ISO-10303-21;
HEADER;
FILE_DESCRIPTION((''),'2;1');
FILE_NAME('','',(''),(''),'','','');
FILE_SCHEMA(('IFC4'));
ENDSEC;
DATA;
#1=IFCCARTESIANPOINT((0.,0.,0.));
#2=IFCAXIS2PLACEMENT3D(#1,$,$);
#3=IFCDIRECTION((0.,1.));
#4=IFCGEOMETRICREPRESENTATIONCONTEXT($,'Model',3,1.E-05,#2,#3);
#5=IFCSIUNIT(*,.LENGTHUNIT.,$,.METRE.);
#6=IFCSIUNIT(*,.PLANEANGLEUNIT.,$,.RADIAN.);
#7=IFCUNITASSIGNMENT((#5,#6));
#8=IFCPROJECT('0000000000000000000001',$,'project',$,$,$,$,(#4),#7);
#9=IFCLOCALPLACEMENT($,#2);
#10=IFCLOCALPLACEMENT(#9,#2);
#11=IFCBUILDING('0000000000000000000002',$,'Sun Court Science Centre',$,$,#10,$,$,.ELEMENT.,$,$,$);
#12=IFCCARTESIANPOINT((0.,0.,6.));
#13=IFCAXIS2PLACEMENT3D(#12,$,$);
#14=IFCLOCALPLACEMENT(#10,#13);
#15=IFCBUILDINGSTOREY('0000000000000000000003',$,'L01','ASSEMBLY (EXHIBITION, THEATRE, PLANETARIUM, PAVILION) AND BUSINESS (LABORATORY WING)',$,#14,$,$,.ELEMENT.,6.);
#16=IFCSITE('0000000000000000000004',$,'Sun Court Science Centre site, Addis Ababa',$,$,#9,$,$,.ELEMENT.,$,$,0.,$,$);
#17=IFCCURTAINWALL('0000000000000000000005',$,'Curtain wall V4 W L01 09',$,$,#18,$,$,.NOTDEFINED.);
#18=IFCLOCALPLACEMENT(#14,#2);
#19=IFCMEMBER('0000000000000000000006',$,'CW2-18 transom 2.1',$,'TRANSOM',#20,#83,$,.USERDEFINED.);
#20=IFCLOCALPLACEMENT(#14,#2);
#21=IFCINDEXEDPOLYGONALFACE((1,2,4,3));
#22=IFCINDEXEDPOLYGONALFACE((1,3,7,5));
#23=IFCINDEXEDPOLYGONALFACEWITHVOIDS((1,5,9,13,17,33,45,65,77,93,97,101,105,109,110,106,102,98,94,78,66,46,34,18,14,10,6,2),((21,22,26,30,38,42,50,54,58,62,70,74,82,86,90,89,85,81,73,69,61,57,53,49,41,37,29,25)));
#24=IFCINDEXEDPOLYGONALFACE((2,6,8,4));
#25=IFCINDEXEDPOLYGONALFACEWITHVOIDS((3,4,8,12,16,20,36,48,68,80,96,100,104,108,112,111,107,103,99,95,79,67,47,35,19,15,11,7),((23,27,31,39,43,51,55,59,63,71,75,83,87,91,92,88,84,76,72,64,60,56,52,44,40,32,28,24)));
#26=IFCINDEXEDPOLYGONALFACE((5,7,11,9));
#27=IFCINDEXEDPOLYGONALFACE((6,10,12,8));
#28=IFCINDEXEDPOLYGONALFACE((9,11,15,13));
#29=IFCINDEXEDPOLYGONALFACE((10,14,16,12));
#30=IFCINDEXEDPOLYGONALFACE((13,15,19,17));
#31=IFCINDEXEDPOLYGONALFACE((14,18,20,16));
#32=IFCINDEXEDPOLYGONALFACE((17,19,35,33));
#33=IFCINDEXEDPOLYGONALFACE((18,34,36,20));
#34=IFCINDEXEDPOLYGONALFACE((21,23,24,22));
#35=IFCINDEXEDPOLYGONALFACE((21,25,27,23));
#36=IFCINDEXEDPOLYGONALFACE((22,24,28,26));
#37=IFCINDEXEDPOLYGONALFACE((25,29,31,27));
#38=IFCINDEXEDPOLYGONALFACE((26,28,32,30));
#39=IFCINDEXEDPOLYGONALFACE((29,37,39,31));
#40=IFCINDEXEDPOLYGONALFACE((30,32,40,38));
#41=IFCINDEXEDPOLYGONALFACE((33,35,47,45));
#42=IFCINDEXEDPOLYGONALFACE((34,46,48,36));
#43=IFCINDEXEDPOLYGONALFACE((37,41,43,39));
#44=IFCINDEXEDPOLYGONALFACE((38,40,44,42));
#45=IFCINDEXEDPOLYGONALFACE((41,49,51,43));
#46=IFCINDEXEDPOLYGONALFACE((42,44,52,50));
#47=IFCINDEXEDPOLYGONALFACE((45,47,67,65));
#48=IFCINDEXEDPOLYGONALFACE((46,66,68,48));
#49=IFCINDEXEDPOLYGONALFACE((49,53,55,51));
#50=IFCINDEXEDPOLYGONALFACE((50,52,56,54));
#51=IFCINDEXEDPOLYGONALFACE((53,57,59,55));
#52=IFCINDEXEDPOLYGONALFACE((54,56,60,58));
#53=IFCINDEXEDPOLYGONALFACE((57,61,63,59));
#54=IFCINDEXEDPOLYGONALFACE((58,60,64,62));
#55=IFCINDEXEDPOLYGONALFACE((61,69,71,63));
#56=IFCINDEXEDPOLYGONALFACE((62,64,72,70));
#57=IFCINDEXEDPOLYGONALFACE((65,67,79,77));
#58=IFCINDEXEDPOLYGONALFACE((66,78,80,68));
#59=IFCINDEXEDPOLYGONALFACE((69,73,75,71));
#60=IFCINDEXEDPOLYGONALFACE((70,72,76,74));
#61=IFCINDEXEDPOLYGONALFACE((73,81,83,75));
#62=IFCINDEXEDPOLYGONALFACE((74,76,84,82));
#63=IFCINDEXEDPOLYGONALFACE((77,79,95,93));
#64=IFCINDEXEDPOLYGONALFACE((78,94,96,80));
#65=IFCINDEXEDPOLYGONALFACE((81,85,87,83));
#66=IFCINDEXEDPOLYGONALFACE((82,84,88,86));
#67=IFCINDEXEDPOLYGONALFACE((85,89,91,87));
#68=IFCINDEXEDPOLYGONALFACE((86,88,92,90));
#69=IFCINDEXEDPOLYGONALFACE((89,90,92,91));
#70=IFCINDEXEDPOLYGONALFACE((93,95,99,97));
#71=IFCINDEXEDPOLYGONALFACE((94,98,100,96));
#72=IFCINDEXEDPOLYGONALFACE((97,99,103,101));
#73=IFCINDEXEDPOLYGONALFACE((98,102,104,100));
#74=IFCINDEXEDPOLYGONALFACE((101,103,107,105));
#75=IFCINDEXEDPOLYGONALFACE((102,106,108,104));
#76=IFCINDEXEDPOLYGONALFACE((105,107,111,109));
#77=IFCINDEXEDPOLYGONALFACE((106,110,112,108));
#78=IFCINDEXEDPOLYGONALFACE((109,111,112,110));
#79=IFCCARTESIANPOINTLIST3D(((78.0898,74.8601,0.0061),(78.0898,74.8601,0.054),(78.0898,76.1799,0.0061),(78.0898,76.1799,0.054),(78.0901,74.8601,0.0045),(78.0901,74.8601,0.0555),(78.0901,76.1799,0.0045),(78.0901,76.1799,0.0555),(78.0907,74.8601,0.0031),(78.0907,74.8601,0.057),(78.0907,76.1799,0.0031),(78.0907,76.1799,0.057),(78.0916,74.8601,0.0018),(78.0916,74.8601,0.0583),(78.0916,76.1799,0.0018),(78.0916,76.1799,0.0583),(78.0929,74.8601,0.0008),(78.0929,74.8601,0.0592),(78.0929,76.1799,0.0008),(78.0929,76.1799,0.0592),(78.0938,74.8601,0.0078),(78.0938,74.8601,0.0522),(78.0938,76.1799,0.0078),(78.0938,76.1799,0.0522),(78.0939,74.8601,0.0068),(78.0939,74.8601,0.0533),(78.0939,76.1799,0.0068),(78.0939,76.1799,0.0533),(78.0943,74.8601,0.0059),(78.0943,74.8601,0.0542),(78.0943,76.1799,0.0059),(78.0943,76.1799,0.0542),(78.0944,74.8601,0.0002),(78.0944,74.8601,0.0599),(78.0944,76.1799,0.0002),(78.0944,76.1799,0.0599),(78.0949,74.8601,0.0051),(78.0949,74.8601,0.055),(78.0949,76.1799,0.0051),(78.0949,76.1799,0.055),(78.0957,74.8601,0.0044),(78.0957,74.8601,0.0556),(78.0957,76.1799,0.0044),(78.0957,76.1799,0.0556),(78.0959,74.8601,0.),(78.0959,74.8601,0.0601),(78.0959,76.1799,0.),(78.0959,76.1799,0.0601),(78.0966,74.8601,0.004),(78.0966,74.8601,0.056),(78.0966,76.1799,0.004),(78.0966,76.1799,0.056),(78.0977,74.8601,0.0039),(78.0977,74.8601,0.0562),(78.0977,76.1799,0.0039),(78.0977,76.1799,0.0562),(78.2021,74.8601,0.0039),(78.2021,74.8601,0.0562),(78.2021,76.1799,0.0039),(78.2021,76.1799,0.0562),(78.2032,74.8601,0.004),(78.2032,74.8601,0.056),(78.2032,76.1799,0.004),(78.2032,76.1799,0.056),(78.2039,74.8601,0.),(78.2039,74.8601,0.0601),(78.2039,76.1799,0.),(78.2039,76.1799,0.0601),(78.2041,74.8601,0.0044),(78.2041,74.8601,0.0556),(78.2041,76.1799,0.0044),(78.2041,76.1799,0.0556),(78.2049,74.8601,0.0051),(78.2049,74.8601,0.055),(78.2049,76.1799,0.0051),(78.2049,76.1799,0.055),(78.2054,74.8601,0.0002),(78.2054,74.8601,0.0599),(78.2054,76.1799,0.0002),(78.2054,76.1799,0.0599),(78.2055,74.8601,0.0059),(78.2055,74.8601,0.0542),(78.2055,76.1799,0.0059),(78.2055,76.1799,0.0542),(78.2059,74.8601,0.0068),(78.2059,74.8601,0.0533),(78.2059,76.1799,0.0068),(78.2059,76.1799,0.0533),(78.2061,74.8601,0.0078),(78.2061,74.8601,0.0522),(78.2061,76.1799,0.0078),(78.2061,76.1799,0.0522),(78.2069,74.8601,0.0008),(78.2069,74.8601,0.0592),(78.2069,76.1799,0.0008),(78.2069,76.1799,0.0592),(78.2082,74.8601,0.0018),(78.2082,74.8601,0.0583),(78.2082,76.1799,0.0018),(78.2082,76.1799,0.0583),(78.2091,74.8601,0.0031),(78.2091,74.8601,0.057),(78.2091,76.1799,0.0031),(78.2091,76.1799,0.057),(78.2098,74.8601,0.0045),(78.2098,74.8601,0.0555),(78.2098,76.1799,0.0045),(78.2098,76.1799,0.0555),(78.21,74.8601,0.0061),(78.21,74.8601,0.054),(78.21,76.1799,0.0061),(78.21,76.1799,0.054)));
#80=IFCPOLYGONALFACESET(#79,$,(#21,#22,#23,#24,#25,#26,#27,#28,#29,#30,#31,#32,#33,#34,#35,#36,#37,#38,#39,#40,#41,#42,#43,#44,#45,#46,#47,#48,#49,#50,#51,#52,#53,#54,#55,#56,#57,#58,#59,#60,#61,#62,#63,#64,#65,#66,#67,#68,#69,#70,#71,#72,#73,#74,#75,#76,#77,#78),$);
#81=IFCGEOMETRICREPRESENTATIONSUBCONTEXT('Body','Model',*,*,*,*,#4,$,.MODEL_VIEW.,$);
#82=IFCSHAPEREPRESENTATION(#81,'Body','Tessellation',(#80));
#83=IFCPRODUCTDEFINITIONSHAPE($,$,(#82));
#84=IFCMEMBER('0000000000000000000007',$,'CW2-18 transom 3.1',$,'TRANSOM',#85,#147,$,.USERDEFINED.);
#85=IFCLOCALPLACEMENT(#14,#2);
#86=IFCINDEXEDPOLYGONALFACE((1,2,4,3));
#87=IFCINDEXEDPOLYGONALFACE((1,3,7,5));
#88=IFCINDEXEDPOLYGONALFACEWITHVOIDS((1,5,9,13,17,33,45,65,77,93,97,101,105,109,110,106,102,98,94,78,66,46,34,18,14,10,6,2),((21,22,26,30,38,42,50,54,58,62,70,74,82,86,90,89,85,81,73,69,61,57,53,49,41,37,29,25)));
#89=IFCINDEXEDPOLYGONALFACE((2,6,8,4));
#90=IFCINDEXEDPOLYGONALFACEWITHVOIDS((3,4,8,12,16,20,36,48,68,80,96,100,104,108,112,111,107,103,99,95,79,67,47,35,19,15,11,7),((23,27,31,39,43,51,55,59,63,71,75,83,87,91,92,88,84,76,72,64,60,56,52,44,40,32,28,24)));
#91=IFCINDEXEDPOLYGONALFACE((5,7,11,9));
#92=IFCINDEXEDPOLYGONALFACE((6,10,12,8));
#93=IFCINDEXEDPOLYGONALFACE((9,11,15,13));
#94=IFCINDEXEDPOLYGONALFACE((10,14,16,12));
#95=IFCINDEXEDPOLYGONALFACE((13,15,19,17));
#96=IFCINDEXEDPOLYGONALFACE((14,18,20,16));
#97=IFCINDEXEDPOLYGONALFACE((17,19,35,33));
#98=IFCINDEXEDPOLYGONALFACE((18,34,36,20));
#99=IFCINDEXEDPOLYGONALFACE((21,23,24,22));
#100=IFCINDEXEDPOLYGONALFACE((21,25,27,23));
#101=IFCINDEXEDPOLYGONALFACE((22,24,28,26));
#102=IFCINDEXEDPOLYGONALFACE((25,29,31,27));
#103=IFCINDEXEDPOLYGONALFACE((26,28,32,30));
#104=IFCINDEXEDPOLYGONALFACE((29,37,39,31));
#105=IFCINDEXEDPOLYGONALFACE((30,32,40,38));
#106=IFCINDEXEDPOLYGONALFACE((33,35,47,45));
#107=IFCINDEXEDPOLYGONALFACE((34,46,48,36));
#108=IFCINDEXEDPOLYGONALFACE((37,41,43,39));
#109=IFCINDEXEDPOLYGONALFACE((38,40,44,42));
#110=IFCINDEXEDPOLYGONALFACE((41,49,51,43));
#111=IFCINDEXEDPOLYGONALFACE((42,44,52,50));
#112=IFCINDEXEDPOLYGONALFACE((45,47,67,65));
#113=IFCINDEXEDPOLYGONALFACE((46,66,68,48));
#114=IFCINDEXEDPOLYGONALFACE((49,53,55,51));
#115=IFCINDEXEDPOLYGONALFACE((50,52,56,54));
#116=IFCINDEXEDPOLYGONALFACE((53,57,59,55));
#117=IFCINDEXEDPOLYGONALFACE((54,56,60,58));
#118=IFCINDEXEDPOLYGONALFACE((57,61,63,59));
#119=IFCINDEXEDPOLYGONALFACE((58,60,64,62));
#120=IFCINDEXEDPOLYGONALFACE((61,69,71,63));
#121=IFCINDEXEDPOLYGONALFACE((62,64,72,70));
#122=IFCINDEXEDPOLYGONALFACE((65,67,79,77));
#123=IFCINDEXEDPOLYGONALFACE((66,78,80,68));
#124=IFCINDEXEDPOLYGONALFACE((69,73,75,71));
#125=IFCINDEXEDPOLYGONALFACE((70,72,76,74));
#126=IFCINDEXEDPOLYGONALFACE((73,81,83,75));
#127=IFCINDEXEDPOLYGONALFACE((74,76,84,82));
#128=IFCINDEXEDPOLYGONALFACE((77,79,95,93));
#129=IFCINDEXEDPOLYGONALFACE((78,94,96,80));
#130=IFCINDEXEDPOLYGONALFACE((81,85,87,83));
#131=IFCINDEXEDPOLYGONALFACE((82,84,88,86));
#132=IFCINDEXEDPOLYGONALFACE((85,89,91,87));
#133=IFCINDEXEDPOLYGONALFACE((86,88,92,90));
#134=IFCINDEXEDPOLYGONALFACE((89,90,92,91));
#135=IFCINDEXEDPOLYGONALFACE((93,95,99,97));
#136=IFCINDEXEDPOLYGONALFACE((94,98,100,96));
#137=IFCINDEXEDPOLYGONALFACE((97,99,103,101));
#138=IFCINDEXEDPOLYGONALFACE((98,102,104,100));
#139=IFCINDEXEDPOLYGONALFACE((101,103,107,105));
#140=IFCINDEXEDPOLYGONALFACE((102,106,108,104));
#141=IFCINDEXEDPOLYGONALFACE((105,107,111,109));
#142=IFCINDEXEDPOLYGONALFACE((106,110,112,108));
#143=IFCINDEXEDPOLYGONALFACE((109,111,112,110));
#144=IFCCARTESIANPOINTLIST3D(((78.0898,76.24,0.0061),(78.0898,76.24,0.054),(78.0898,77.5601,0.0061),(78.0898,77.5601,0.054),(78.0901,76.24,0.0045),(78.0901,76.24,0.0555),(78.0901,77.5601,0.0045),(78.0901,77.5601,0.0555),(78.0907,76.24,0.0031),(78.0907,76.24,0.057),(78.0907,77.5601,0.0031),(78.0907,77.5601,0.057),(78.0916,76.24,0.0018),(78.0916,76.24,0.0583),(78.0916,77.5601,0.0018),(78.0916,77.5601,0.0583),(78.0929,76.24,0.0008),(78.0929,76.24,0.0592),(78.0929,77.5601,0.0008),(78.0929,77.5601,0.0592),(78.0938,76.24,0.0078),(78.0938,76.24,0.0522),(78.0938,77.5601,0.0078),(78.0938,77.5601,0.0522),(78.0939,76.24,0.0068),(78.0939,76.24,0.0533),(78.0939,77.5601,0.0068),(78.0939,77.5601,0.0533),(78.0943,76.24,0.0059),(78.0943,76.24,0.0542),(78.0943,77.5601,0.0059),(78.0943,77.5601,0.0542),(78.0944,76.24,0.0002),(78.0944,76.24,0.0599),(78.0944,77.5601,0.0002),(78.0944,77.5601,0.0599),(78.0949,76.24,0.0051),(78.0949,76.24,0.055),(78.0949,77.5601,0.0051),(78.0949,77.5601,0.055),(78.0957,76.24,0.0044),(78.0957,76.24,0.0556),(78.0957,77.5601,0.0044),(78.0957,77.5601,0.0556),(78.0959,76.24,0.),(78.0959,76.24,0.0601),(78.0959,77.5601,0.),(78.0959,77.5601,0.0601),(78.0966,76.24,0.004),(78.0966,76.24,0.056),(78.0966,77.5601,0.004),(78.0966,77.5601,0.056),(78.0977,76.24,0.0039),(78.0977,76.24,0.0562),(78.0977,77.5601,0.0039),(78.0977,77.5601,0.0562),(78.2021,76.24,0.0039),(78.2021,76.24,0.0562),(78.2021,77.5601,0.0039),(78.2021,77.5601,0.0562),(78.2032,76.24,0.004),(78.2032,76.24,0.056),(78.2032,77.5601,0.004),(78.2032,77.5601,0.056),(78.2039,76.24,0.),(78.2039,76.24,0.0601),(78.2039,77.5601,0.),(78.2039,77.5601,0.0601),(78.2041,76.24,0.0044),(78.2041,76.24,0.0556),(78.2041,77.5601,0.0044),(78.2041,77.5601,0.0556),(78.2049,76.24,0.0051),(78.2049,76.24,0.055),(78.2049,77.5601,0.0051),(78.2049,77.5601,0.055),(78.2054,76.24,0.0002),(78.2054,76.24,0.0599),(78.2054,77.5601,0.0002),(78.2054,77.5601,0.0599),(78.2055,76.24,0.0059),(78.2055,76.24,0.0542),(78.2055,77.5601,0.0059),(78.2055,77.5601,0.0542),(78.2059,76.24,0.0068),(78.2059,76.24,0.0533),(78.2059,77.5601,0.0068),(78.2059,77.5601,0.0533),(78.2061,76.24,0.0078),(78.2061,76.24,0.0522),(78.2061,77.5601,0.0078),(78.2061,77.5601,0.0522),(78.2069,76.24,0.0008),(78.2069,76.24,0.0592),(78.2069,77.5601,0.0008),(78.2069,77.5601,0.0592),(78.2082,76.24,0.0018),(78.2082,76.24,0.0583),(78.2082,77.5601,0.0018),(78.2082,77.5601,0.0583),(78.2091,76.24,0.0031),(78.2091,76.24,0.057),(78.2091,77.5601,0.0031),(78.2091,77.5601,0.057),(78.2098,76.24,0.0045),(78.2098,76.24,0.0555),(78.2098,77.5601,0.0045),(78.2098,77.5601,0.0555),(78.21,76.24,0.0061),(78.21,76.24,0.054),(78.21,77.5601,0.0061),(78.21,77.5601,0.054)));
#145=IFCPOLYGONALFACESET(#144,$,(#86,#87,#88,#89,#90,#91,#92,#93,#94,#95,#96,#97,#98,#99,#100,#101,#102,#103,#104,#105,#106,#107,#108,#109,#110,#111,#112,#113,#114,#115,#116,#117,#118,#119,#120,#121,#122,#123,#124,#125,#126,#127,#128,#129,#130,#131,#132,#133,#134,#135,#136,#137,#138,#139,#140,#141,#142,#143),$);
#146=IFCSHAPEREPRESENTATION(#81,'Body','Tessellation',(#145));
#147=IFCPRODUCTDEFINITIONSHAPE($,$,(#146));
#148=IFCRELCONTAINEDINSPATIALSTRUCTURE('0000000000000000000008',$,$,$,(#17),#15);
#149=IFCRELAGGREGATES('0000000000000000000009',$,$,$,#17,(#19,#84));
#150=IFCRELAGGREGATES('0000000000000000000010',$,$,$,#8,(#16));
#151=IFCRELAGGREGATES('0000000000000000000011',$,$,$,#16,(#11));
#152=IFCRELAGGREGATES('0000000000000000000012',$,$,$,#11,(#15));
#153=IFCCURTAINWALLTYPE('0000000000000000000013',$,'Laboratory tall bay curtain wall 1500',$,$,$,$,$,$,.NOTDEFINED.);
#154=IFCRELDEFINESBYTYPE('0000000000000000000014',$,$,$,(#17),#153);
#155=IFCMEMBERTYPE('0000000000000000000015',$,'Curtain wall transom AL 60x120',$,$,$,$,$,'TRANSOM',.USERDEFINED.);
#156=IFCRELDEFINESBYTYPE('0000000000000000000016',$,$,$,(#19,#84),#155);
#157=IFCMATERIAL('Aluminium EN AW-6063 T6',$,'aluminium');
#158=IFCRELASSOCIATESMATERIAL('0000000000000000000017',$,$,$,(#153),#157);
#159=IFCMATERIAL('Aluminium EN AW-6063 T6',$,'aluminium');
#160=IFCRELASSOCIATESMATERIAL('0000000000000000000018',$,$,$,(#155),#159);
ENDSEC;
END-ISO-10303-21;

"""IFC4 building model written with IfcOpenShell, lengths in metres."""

from ifc_helpers import new_model, si_unit, direction, frame, origin, origin_2d, place, context, subcontext, project, spatial, hollow_rectangle, extrude, material, material_profile, profile_set, type_object, element, aggregate, save


model = new_model("IFC4")

# Units and contexts
model_context = context("Model", 3, precision=1e-05, world=origin(), true_north=direction((0.0, 1.0)))
body_context = subcontext(model_context, "Body", "Model", "MODEL_VIEW")
ifc_project = project(units=[si_unit("LENGTHUNIT", "METRE"), si_unit("PLANEANGLEUNIT", "RADIAN")], contexts=[model_context])

# Site, building, storey
site_placement = place(None, origin())
site = spatial("IfcSite", under=ifc_project, at=site_placement, Name="Sun Court Science Centre site, Addis Ababa", CompositionType="ELEMENT", RefElevation=0.0)
building_placement = place(site_placement, origin())
building = spatial("IfcBuilding", under=site, at=building_placement, Name="Sun Court Science Centre", CompositionType="ELEMENT")
storey_placement = place(building_placement, frame((0.0, 0.0, 6.0)))
storey = spatial("IfcBuildingStorey", under=building, at=storey_placement, Name="L01", Description="ASSEMBLY (EXHIBITION, THEATRE, PLANETARIUM, PAVILION) AND BUSINESS (LABORATORY WING)", CompositionType="ELEMENT", Elevation=6.0)

# Shared definitions
ifc_material_1 = material(Name="Aluminium EN AW-6063 T6", Category="aluminium")
curtain_wall_type = type_object("IfcCurtainWallType", Name="Laboratory tall bay curtain wall 1500", PredefinedType="NOTDEFINED", material=ifc_material_1)

# Curtain wall
curtain_wall_1_placement = place(storey_placement, origin())
curtain_wall_1 = element("IfcCurtainWall", 1, at=curtain_wall_1_placement, inside=storey, type_object=curtain_wall_type, Name="Curtain wall V4 W L01 09", PredefinedType="NOTDEFINED")

# Members
ifc_material_2 = material(Name="Aluminium EN AW-6063 T6", Category="aluminium")
ifc_material_profile_1 = material_profile(ifc_material_2, hollow_rectangle(XDim=0.0601, YDim=0.1201, WallThickness=0.0039, InnerFilletRadius=0.0039, OuterFilletRadius=0.0061, at=origin_2d()), Name="AL 60x120x4")
ifc_profile_set_1 = profile_set([ifc_material_profile_1], Name="Aluminium EN AW-6063 T6")
member_type_1 = type_object("IfcMemberType", Name="Curtain wall transom AL 60x120", ElementType="TRANSOM", PredefinedType="USERDEFINED", material=ifc_profile_set_1)
member_1_placement = place(storey_placement, frame((78.1499, 74.8601, 0.03), z_axis=(0.0, 1.0, 0.0), x_axis=(0.0, 0.0, 1.0)))
member_1 = element("IfcMember", 2, at=member_1_placement, type_object=member_type_1, Name="CW2-18 transom 2.1", ObjectType="TRANSOM", PredefinedType="USERDEFINED", context=body_context, shape_type="SweptSolid", body=[
    extrude(hollow_rectangle(XDim=0.0601, YDim=0.1201, WallThickness=0.0039, InnerFilletRadius=0.0039, OuterFilletRadius=0.0061, at=origin_2d()), origin(), (0.0, 0.0, 1.0), 1.3198),
])
member_2_placement = place(storey_placement, frame((78.1499, 76.24, 0.03), z_axis=(0.0, 1.0, 0.0), x_axis=(0.0, 0.0, 1.0)))
member_2 = element("IfcMember", 3, at=member_2_placement, type_object=member_type_1, Name="CW2-18 transom 3.1", ObjectType="TRANSOM", PredefinedType="USERDEFINED", context=body_context, shape_type="SweptSolid", body=[
    extrude(hollow_rectangle(XDim=0.0601, YDim=0.1201, WallThickness=0.0039, InnerFilletRadius=0.0039, OuterFilletRadius=0.0061, at=origin_2d()), origin(), (0.0, 0.0, 1.0), 1.3201),
])

aggregate(curtain_wall_1, [member_1, member_2])

save(model, "model.ifc")
